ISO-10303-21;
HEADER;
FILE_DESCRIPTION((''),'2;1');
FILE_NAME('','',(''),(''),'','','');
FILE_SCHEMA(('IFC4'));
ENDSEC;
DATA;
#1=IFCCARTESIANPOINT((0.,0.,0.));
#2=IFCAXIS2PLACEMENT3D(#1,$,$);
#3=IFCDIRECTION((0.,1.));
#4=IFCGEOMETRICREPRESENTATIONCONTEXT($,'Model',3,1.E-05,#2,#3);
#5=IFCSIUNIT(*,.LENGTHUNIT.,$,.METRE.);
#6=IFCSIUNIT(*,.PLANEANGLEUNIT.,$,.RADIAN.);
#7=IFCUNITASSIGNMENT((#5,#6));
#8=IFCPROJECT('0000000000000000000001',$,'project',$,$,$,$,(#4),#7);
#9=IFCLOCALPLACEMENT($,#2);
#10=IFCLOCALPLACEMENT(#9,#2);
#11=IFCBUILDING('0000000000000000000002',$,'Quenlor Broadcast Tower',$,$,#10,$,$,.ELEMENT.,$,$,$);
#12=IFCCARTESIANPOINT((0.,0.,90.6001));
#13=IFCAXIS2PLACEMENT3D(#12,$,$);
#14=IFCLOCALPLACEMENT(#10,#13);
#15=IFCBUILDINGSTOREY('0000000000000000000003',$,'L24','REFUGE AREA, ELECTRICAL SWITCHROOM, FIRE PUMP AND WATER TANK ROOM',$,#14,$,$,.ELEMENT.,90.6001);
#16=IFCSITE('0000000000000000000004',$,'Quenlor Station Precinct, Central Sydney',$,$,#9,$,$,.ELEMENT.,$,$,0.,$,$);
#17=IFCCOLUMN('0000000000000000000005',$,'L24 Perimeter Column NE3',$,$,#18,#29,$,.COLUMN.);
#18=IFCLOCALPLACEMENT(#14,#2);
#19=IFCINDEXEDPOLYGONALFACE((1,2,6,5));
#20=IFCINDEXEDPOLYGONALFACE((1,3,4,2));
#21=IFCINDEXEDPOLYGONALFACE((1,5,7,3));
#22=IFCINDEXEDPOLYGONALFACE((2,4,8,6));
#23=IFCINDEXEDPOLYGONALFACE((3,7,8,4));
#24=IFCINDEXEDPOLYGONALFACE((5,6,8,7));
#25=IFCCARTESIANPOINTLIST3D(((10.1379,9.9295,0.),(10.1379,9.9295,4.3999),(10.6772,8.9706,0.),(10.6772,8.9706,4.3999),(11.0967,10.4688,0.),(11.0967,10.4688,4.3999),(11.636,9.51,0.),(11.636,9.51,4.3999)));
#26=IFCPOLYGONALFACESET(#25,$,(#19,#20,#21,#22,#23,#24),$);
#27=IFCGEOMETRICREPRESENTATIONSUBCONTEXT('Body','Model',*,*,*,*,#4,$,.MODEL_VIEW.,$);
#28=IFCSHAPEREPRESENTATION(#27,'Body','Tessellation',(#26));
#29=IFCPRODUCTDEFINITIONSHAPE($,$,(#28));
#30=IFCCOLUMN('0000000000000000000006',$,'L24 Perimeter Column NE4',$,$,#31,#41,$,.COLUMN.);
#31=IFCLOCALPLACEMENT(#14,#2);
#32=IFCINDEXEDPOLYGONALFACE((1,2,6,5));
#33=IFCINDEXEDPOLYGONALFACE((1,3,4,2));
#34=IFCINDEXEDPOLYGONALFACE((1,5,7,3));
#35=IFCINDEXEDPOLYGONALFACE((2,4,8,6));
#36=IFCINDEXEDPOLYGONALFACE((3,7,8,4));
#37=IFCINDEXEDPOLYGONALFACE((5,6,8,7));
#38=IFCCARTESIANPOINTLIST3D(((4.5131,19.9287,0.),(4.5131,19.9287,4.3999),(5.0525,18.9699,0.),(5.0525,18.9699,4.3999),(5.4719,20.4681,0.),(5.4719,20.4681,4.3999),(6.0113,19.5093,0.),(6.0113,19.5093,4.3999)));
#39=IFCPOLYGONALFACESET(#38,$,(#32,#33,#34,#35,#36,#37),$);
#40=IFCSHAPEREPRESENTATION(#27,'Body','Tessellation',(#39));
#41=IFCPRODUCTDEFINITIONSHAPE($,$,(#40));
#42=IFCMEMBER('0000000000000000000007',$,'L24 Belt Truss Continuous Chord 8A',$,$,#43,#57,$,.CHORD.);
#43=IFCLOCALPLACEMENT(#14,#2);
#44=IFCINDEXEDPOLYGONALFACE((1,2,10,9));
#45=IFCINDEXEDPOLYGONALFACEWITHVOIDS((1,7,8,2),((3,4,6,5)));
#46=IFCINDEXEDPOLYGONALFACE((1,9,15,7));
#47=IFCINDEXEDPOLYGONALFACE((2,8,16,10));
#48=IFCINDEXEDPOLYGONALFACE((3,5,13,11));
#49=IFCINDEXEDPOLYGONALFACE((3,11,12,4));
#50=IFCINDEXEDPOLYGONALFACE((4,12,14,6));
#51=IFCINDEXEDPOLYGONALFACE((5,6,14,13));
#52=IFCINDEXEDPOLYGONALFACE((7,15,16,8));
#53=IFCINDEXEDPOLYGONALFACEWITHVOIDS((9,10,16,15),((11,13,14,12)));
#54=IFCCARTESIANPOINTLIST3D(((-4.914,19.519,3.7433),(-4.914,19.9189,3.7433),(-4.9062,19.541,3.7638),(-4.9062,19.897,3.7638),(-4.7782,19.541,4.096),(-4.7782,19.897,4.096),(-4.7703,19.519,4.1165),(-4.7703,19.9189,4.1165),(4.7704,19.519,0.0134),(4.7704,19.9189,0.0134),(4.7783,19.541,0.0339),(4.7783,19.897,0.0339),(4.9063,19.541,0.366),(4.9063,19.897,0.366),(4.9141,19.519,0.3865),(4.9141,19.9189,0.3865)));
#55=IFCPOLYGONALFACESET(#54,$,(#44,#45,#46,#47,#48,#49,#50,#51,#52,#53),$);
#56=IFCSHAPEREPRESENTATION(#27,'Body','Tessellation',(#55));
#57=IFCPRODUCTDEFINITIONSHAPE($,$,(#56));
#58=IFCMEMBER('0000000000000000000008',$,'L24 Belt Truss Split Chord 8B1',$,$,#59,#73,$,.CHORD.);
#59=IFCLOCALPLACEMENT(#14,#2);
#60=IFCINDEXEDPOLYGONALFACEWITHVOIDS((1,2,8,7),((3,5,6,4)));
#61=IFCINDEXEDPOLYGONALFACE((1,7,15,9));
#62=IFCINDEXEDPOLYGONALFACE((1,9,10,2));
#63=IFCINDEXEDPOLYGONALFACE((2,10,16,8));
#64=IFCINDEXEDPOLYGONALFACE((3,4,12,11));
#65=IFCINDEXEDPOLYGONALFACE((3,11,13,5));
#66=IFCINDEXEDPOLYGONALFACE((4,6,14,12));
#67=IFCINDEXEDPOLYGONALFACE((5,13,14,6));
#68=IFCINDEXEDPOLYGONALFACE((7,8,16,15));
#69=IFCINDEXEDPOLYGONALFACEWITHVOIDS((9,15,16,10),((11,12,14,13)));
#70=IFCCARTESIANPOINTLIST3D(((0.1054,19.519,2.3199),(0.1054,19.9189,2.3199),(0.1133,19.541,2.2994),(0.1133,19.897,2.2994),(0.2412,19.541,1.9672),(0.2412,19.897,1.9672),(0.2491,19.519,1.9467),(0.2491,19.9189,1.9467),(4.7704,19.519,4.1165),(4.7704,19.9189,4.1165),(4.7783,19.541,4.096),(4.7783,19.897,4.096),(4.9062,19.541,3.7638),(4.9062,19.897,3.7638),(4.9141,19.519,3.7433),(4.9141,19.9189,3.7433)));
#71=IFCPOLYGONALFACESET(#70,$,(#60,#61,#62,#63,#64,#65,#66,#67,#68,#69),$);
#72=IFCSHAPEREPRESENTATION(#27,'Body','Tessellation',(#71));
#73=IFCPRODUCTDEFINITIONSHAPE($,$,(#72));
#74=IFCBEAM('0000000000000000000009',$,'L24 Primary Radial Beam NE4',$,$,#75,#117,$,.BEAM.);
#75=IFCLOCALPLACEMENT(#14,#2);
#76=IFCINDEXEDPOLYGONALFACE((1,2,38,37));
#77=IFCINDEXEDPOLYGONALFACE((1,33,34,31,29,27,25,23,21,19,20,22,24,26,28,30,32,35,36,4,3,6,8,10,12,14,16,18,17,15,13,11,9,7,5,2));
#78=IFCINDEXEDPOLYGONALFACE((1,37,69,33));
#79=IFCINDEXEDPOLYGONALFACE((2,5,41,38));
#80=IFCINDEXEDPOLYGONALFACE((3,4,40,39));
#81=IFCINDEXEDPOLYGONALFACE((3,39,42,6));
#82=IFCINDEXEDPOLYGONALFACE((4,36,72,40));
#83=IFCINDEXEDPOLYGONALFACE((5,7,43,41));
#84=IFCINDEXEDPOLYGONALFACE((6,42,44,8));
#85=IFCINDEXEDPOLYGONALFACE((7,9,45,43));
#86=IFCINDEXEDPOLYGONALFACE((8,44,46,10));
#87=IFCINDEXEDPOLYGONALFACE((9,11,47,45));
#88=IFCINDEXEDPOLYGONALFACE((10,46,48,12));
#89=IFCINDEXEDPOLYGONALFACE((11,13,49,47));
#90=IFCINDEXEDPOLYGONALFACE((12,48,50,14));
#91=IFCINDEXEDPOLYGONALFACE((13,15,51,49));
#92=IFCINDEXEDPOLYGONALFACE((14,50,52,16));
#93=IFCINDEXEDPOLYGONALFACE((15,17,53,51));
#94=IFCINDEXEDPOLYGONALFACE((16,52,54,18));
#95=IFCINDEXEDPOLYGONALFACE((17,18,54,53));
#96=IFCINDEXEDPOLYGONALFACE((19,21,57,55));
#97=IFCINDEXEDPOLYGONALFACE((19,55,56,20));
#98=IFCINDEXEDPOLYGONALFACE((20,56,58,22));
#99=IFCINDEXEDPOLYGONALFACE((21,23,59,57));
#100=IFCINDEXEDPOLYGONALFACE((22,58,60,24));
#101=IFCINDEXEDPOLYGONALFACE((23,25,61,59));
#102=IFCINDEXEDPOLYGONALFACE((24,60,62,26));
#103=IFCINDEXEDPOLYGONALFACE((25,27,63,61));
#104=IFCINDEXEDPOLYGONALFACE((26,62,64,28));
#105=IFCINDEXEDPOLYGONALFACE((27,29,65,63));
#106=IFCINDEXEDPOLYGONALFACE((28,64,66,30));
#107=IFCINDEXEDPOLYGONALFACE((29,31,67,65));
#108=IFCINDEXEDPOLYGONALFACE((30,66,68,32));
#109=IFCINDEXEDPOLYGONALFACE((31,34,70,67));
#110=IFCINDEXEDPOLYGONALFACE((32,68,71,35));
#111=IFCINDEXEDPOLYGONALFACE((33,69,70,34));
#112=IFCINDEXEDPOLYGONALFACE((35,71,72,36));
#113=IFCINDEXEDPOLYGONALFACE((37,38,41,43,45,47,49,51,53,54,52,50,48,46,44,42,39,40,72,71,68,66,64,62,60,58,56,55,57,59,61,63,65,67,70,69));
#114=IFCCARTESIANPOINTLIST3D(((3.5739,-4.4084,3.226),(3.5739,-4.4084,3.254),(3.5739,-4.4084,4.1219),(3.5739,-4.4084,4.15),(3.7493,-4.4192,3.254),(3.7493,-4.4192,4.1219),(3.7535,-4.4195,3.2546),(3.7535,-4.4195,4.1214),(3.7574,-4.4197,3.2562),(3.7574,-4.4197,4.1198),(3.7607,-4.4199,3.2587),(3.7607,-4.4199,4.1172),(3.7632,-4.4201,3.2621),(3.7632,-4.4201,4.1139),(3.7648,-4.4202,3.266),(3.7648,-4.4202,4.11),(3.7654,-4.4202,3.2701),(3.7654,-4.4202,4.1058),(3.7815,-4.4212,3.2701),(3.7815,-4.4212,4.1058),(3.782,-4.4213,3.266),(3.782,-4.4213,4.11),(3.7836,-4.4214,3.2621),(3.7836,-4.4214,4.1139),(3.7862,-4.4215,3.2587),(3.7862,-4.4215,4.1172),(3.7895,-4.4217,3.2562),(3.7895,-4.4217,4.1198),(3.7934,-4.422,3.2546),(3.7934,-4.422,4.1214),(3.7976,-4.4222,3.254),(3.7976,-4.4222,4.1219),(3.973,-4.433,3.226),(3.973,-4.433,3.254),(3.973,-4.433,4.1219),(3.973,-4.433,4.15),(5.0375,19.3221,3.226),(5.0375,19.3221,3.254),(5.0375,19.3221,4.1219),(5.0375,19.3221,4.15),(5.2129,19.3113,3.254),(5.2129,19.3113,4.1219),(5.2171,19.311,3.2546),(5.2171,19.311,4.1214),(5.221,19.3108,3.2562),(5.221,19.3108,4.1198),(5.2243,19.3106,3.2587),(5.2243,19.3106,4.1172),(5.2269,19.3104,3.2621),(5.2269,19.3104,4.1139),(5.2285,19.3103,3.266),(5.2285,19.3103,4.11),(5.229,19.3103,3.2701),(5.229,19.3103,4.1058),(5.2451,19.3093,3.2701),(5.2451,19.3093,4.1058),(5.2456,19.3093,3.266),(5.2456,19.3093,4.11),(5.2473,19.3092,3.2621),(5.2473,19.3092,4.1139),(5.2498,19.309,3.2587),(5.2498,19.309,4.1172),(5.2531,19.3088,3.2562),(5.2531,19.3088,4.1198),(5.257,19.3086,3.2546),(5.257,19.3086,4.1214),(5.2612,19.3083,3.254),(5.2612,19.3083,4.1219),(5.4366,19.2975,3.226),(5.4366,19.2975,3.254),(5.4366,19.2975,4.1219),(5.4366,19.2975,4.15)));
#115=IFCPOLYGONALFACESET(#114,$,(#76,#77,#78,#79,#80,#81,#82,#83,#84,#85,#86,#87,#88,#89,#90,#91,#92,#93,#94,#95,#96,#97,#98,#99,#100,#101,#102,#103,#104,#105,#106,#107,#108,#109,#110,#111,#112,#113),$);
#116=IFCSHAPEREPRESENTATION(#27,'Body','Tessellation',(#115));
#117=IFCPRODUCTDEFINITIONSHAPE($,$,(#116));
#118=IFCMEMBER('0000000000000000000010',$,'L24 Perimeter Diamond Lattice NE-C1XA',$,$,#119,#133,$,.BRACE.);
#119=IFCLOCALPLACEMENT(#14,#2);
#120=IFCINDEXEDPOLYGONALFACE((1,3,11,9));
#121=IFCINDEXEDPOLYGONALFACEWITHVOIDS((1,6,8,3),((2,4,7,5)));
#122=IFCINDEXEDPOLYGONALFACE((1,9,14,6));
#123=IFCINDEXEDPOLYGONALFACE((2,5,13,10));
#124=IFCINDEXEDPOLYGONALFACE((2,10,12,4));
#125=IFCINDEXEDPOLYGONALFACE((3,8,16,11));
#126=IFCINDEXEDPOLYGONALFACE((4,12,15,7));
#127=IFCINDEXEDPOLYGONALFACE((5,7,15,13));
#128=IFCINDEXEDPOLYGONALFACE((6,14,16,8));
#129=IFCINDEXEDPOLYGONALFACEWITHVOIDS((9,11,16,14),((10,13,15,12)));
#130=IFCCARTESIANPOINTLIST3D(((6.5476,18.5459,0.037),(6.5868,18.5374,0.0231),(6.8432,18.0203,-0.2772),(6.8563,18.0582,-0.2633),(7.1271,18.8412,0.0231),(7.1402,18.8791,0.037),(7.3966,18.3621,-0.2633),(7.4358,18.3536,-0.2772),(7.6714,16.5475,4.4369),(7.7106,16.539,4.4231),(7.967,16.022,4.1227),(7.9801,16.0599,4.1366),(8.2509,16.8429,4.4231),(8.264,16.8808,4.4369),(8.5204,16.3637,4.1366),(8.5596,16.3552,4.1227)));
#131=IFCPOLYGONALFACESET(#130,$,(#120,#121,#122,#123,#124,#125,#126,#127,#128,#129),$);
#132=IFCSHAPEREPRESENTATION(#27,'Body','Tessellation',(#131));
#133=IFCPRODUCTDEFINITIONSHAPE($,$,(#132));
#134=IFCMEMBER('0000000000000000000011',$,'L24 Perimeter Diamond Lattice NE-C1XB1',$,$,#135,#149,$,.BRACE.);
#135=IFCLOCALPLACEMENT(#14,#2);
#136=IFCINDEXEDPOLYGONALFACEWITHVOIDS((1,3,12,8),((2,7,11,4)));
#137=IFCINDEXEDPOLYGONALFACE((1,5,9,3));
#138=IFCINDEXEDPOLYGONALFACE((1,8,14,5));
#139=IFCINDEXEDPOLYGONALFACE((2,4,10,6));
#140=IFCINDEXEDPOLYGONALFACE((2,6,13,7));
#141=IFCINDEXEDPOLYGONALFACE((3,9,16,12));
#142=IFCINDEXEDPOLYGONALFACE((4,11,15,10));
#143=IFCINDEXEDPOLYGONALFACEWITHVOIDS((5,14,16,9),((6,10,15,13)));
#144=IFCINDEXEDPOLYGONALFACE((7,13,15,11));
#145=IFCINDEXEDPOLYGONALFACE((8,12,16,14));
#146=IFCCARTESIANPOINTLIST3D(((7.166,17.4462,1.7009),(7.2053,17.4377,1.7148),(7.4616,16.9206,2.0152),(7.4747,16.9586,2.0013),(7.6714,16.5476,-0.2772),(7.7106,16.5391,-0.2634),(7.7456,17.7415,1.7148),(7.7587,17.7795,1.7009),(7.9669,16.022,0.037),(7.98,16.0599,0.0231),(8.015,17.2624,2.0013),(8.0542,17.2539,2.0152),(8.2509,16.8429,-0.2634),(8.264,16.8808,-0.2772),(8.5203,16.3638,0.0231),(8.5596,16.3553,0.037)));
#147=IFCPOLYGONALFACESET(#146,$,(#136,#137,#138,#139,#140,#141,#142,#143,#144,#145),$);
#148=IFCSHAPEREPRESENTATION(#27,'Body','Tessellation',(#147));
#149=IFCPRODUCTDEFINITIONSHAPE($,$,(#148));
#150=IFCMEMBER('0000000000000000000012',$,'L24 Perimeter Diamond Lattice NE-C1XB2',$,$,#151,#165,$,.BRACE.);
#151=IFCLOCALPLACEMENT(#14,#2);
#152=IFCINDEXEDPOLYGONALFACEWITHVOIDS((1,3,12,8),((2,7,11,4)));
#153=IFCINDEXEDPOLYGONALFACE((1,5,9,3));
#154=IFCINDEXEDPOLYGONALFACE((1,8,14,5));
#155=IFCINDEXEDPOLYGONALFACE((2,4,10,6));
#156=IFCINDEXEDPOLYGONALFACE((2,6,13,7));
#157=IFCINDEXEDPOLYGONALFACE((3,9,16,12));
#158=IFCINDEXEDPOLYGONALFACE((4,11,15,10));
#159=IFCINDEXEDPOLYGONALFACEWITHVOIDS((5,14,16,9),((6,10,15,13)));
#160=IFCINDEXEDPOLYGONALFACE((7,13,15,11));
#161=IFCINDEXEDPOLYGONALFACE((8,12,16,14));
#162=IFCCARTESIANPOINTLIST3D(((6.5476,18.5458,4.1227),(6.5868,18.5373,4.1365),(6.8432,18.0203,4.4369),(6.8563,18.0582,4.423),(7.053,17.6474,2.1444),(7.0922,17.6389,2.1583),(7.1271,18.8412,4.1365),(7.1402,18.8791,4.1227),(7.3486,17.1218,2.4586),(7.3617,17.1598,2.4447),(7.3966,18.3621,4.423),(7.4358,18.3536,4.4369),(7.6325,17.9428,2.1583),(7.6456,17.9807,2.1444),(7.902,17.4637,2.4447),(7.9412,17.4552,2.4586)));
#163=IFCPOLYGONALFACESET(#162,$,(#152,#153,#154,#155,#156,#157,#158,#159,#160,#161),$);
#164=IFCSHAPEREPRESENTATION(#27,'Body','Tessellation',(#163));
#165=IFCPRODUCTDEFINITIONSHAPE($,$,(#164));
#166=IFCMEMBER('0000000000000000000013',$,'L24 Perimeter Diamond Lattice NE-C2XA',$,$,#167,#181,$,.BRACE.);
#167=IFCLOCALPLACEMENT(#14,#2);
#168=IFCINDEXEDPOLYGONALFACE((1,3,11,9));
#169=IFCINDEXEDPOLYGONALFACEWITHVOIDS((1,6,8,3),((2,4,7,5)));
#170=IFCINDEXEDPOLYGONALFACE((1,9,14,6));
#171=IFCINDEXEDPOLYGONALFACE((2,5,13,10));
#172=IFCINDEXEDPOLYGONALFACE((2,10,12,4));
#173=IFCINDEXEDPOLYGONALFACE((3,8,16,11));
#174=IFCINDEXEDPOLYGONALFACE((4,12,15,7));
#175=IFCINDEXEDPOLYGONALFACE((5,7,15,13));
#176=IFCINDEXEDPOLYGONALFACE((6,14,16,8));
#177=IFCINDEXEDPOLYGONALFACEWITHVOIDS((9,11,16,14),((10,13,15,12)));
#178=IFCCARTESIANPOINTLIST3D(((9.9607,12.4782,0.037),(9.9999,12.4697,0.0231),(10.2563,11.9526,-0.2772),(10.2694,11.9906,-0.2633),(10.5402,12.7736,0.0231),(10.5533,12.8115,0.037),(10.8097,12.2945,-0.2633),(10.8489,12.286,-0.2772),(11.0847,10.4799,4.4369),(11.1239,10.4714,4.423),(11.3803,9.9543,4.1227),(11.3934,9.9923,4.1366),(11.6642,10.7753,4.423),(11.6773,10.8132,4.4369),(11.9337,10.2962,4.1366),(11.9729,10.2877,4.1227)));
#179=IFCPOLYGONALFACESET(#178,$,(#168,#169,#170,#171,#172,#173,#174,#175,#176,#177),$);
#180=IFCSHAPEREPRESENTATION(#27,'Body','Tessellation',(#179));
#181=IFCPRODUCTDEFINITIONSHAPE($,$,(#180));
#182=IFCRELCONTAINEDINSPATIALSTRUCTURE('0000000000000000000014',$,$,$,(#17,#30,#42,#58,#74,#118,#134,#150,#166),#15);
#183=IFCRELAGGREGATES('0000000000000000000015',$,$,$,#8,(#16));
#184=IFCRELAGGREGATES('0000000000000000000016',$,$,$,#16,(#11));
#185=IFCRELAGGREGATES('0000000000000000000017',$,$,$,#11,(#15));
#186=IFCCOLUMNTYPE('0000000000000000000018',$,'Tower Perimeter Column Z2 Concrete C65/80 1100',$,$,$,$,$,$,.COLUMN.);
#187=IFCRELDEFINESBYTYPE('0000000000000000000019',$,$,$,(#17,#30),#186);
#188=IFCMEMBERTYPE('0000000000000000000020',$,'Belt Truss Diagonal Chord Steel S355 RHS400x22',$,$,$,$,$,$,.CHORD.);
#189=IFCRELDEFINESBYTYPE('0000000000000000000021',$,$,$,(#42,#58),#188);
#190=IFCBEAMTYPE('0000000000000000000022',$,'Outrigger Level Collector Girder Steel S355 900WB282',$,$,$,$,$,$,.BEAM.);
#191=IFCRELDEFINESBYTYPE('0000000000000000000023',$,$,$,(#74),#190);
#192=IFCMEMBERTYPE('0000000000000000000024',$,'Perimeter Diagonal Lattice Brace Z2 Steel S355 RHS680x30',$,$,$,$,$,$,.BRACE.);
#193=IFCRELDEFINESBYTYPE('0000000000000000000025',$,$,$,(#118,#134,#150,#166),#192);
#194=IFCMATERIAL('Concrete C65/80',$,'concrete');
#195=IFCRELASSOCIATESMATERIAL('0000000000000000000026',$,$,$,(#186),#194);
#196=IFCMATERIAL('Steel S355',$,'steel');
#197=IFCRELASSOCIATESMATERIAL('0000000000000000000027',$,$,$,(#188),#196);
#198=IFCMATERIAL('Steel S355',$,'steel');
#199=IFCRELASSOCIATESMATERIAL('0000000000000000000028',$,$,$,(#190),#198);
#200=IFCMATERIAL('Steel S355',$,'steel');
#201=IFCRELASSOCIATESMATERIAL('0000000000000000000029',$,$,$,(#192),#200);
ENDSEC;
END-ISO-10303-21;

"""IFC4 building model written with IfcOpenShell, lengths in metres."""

from ifc_helpers import new_model, si_unit, direction, frame, origin, origin_2d, place, context, subcontext, project, spatial, rectangle, hollow_rectangle, i_section, extrude, material, material_profile, profile_set, type_object, element, save


model = new_model("IFC4")

# Units and contexts
model_context = context("Model", 3, precision=1e-05, world=origin(), true_north=direction((0.0, 1.0)))
body_context = subcontext(model_context, "Body", "Model", "MODEL_VIEW")
ifc_project = project(units=[si_unit("LENGTHUNIT", "METRE"), si_unit("PLANEANGLEUNIT", "RADIAN")], contexts=[model_context])

# Site, building, storey
site_placement = place(None, origin())
site = spatial("IfcSite", under=ifc_project, at=site_placement, Name="Quenlor Station Precinct, Central Sydney", CompositionType="ELEMENT", RefElevation=0.0)
building_placement = place(site_placement, origin())
building = spatial("IfcBuilding", under=site, at=building_placement, Name="Quenlor Broadcast Tower", CompositionType="ELEMENT")
storey_placement = place(building_placement, frame((0.0, 0.0, 90.6001)))
storey = spatial("IfcBuildingStorey", under=building, at=storey_placement, Name="L24", Description="REFUGE AREA, ELECTRICAL SWITCHROOM, FIRE PUMP AND WATER TANK ROOM", CompositionType="ELEMENT", Elevation=90.6001)

# Columns
ifc_material_1 = material(Name="Concrete C65/80", Category="concrete")
ifc_material_profile_1 = material_profile(ifc_material_1, rectangle(XDim=1.1001, YDim=1.1001, at=origin_2d()))
ifc_profile_set_1 = profile_set([ifc_material_profile_1], Name="Concrete C65/80 RC1100x1100")
column_type = type_object("IfcColumnType", Name="Tower Perimeter Column Z2 Concrete C65/80 1100", PredefinedType="COLUMN", material=ifc_profile_set_1)
for number, where, z_axis, x_axis, name in (
    (1, (10.887, 9.7197, 0.0), (0.0, 0.0, 1.0), (0.871575, 0.490262, 0.0), "L24 Perimeter Column NE3"),
    (2, (5.2622, 19.719, 0.0), (0.0, 0.0, 1.0), (0.871575, 0.490262, 0.0), "L24 Perimeter Column NE4"),
):
    element("IfcColumn", number, at=place(storey_placement, frame(where, z_axis=z_axis, x_axis=x_axis)), inside=storey, type_object=column_type, Name=name, PredefinedType="COLUMN", context=body_context, shape_type="SweptSolid", body=[
        extrude(rectangle(XDim=1.1001, YDim=1.1001, at=origin_2d()), origin(), (0.0, 0.0, 1.0), 4.3999),
    ])

# Members
ifc_material_2 = material(Name="Steel S355", Category="steel")
ifc_material_profile_2 = material_profile(ifc_material_2, hollow_rectangle(XDim=0.3999, YDim=0.3999, WallThickness=0.022, at=origin_2d()))
ifc_profile_set_2 = profile_set([ifc_material_profile_2], Name="Steel S355 RHS400x400x22")
member_type_1 = type_object("IfcMemberType", Name="Belt Truss Diagonal Chord Steel S355 RHS400x22", PredefinedType="CHORD", material=ifc_profile_set_2)
member_1_placement = place(storey_placement, frame((4.8423, 19.719, 0.2), z_axis=(-0.933179, 0.0, 0.359411), x_axis=(0.0, -1.0, 0.0)))
element("IfcMember", 3, at=member_1_placement, inside=storey, type_object=member_type_1, Name="L24 Belt Truss Continuous Chord 8A", PredefinedType="CHORD", context=body_context, shape_type="SweptSolid", body=[
    extrude(hollow_rectangle(XDim=0.3999, YDim=0.3999, WallThickness=0.022, at=origin_2d()), origin(), (0.0, 0.0, 1.0), 10.3779),
])
member_2_placement = place(storey_placement, frame((4.8423, 19.719, 3.9299), z_axis=(-0.933186, 0.0, -0.359395), x_axis=(0.0, -1.0, 0.0)))
element("IfcMember", 4, at=member_2_placement, inside=storey, type_object=member_type_1, Name="L24 Belt Truss Split Chord 8B1", PredefinedType="CHORD", context=body_context, shape_type="SweptSolid", body=[
    extrude(hollow_rectangle(XDim=0.3999, YDim=0.3999, WallThickness=0.022, at=origin_2d()), origin(), (0.0, 0.0, 1.0), 4.999),
])

# Beam
ifc_material_3 = material(Name="Steel S355", Category="steel")
ifc_material_profile_3 = material_profile(ifc_material_3, i_section(OverallWidth=0.3999, OverallDepth=0.9241, WebThickness=0.0161, FlangeThickness=0.0281, FilletRadius=0.0161, at=origin_2d()))
ifc_profile_set_3 = profile_set([ifc_material_profile_3], Name="Steel S355 900WB282")
beam_type_1 = type_object("IfcBeamType", Name="Outrigger Level Collector Girder Steel S355 900WB282", PredefinedType="BEAM", material=ifc_profile_set_3)
beam_1_placement = place(storey_placement, frame((5.2371, 19.3098, 3.688), z_axis=(-0.06156, -0.998103, 0.0), x_axis=(0.998103, -0.06156, 0.0)))
element("IfcBeam", 5, at=beam_1_placement, inside=storey, type_object=beam_type_1, Name="L24 Primary Radial Beam NE4", PredefinedType="BEAM", context=body_context, shape_type="SweptSolid", body=[
    extrude(i_section(OverallWidth=0.3999, OverallDepth=0.9241, WebThickness=0.0161, FlangeThickness=0.0281, FilletRadius=0.0161, at=origin_2d()), origin(), (0.0, 0.0, 1.0), 23.7756),
])

# Members
ifc_material_4 = material(Name="Steel S355", Category="steel")
ifc_material_profile_4 = material_profile(ifc_material_4, hollow_rectangle(XDim=0.6799, YDim=0.6799, WallThickness=0.03, at=origin_2d()))
ifc_profile_set_4 = profile_set([ifc_material_profile_4], Name="Steel S355 RHS680x680x30")
member_type_2 = type_object("IfcMemberType", Name="Perimeter Diagonal Lattice Brace Z2 Steel S355 RHS680x30", PredefinedType="BRACE", material=ifc_profile_set_4)
member_3_placement = place(storey_placement, frame((6.9917, 18.4497, -0.1201), z_axis=(0.226506, -0.40277, 0.886832), x_axis=(0.871624, 0.490175, 0.0)))
element("IfcMember", 6, at=member_3_placement, inside=storey, type_object=member_type_2, Name="L24 Perimeter Diamond Lattice NE-C1XA", PredefinedType="BRACE", context=body_context, shape_type="SweptSolid", body=[
    extrude(hollow_rectangle(XDim=0.6799, YDim=0.6799, WallThickness=0.03, at=origin_2d()), origin(), (0.0, 0.0, 1.0), 4.9614),
])
for number, where, z_axis, x_axis, name in (
    (7, (8.1155, 16.4514, -0.1201), (-0.22654, 0.402847, 0.886789), (-0.871632, -0.49016, 0.0), "L24 Perimeter Diamond Lattice NE-C1XB1"),
    (8, (7.4971, 17.5513, 2.3015), (-0.22655, 0.402755, 0.886828), (-0.871576, -0.490261, 0.0), "L24 Perimeter Diamond Lattice NE-C1XB2"),
):
    element("IfcMember", number, at=place(storey_placement, frame(where, z_axis=z_axis, x_axis=x_axis)), inside=storey, type_object=member_type_2, Name=name, PredefinedType="BRACE", context=body_context, shape_type="SweptSolid", body=[
        extrude(hollow_rectangle(XDim=0.6799, YDim=0.6799, WallThickness=0.03, at=origin_2d()), origin(), (0.0, 0.0, 1.0), 2.2307),
    ])
member_4_placement = place(storey_placement, frame((10.4048, 12.3821, -0.1201), z_axis=(0.226553, -0.402766, 0.886822), x_axis=(0.871578, 0.490256, 0.0)))
element("IfcMember", 9, at=member_4_placement, inside=storey, type_object=member_type_2, Name="L24 Perimeter Diamond Lattice NE-C2XA", PredefinedType="BRACE", context=body_context, shape_type="SweptSolid", body=[
    extrude(hollow_rectangle(XDim=0.6799, YDim=0.6799, WallThickness=0.03, at=origin_2d()), origin(), (0.0, 0.0, 1.0), 4.9614),
])

save(model, "model.ifc")
